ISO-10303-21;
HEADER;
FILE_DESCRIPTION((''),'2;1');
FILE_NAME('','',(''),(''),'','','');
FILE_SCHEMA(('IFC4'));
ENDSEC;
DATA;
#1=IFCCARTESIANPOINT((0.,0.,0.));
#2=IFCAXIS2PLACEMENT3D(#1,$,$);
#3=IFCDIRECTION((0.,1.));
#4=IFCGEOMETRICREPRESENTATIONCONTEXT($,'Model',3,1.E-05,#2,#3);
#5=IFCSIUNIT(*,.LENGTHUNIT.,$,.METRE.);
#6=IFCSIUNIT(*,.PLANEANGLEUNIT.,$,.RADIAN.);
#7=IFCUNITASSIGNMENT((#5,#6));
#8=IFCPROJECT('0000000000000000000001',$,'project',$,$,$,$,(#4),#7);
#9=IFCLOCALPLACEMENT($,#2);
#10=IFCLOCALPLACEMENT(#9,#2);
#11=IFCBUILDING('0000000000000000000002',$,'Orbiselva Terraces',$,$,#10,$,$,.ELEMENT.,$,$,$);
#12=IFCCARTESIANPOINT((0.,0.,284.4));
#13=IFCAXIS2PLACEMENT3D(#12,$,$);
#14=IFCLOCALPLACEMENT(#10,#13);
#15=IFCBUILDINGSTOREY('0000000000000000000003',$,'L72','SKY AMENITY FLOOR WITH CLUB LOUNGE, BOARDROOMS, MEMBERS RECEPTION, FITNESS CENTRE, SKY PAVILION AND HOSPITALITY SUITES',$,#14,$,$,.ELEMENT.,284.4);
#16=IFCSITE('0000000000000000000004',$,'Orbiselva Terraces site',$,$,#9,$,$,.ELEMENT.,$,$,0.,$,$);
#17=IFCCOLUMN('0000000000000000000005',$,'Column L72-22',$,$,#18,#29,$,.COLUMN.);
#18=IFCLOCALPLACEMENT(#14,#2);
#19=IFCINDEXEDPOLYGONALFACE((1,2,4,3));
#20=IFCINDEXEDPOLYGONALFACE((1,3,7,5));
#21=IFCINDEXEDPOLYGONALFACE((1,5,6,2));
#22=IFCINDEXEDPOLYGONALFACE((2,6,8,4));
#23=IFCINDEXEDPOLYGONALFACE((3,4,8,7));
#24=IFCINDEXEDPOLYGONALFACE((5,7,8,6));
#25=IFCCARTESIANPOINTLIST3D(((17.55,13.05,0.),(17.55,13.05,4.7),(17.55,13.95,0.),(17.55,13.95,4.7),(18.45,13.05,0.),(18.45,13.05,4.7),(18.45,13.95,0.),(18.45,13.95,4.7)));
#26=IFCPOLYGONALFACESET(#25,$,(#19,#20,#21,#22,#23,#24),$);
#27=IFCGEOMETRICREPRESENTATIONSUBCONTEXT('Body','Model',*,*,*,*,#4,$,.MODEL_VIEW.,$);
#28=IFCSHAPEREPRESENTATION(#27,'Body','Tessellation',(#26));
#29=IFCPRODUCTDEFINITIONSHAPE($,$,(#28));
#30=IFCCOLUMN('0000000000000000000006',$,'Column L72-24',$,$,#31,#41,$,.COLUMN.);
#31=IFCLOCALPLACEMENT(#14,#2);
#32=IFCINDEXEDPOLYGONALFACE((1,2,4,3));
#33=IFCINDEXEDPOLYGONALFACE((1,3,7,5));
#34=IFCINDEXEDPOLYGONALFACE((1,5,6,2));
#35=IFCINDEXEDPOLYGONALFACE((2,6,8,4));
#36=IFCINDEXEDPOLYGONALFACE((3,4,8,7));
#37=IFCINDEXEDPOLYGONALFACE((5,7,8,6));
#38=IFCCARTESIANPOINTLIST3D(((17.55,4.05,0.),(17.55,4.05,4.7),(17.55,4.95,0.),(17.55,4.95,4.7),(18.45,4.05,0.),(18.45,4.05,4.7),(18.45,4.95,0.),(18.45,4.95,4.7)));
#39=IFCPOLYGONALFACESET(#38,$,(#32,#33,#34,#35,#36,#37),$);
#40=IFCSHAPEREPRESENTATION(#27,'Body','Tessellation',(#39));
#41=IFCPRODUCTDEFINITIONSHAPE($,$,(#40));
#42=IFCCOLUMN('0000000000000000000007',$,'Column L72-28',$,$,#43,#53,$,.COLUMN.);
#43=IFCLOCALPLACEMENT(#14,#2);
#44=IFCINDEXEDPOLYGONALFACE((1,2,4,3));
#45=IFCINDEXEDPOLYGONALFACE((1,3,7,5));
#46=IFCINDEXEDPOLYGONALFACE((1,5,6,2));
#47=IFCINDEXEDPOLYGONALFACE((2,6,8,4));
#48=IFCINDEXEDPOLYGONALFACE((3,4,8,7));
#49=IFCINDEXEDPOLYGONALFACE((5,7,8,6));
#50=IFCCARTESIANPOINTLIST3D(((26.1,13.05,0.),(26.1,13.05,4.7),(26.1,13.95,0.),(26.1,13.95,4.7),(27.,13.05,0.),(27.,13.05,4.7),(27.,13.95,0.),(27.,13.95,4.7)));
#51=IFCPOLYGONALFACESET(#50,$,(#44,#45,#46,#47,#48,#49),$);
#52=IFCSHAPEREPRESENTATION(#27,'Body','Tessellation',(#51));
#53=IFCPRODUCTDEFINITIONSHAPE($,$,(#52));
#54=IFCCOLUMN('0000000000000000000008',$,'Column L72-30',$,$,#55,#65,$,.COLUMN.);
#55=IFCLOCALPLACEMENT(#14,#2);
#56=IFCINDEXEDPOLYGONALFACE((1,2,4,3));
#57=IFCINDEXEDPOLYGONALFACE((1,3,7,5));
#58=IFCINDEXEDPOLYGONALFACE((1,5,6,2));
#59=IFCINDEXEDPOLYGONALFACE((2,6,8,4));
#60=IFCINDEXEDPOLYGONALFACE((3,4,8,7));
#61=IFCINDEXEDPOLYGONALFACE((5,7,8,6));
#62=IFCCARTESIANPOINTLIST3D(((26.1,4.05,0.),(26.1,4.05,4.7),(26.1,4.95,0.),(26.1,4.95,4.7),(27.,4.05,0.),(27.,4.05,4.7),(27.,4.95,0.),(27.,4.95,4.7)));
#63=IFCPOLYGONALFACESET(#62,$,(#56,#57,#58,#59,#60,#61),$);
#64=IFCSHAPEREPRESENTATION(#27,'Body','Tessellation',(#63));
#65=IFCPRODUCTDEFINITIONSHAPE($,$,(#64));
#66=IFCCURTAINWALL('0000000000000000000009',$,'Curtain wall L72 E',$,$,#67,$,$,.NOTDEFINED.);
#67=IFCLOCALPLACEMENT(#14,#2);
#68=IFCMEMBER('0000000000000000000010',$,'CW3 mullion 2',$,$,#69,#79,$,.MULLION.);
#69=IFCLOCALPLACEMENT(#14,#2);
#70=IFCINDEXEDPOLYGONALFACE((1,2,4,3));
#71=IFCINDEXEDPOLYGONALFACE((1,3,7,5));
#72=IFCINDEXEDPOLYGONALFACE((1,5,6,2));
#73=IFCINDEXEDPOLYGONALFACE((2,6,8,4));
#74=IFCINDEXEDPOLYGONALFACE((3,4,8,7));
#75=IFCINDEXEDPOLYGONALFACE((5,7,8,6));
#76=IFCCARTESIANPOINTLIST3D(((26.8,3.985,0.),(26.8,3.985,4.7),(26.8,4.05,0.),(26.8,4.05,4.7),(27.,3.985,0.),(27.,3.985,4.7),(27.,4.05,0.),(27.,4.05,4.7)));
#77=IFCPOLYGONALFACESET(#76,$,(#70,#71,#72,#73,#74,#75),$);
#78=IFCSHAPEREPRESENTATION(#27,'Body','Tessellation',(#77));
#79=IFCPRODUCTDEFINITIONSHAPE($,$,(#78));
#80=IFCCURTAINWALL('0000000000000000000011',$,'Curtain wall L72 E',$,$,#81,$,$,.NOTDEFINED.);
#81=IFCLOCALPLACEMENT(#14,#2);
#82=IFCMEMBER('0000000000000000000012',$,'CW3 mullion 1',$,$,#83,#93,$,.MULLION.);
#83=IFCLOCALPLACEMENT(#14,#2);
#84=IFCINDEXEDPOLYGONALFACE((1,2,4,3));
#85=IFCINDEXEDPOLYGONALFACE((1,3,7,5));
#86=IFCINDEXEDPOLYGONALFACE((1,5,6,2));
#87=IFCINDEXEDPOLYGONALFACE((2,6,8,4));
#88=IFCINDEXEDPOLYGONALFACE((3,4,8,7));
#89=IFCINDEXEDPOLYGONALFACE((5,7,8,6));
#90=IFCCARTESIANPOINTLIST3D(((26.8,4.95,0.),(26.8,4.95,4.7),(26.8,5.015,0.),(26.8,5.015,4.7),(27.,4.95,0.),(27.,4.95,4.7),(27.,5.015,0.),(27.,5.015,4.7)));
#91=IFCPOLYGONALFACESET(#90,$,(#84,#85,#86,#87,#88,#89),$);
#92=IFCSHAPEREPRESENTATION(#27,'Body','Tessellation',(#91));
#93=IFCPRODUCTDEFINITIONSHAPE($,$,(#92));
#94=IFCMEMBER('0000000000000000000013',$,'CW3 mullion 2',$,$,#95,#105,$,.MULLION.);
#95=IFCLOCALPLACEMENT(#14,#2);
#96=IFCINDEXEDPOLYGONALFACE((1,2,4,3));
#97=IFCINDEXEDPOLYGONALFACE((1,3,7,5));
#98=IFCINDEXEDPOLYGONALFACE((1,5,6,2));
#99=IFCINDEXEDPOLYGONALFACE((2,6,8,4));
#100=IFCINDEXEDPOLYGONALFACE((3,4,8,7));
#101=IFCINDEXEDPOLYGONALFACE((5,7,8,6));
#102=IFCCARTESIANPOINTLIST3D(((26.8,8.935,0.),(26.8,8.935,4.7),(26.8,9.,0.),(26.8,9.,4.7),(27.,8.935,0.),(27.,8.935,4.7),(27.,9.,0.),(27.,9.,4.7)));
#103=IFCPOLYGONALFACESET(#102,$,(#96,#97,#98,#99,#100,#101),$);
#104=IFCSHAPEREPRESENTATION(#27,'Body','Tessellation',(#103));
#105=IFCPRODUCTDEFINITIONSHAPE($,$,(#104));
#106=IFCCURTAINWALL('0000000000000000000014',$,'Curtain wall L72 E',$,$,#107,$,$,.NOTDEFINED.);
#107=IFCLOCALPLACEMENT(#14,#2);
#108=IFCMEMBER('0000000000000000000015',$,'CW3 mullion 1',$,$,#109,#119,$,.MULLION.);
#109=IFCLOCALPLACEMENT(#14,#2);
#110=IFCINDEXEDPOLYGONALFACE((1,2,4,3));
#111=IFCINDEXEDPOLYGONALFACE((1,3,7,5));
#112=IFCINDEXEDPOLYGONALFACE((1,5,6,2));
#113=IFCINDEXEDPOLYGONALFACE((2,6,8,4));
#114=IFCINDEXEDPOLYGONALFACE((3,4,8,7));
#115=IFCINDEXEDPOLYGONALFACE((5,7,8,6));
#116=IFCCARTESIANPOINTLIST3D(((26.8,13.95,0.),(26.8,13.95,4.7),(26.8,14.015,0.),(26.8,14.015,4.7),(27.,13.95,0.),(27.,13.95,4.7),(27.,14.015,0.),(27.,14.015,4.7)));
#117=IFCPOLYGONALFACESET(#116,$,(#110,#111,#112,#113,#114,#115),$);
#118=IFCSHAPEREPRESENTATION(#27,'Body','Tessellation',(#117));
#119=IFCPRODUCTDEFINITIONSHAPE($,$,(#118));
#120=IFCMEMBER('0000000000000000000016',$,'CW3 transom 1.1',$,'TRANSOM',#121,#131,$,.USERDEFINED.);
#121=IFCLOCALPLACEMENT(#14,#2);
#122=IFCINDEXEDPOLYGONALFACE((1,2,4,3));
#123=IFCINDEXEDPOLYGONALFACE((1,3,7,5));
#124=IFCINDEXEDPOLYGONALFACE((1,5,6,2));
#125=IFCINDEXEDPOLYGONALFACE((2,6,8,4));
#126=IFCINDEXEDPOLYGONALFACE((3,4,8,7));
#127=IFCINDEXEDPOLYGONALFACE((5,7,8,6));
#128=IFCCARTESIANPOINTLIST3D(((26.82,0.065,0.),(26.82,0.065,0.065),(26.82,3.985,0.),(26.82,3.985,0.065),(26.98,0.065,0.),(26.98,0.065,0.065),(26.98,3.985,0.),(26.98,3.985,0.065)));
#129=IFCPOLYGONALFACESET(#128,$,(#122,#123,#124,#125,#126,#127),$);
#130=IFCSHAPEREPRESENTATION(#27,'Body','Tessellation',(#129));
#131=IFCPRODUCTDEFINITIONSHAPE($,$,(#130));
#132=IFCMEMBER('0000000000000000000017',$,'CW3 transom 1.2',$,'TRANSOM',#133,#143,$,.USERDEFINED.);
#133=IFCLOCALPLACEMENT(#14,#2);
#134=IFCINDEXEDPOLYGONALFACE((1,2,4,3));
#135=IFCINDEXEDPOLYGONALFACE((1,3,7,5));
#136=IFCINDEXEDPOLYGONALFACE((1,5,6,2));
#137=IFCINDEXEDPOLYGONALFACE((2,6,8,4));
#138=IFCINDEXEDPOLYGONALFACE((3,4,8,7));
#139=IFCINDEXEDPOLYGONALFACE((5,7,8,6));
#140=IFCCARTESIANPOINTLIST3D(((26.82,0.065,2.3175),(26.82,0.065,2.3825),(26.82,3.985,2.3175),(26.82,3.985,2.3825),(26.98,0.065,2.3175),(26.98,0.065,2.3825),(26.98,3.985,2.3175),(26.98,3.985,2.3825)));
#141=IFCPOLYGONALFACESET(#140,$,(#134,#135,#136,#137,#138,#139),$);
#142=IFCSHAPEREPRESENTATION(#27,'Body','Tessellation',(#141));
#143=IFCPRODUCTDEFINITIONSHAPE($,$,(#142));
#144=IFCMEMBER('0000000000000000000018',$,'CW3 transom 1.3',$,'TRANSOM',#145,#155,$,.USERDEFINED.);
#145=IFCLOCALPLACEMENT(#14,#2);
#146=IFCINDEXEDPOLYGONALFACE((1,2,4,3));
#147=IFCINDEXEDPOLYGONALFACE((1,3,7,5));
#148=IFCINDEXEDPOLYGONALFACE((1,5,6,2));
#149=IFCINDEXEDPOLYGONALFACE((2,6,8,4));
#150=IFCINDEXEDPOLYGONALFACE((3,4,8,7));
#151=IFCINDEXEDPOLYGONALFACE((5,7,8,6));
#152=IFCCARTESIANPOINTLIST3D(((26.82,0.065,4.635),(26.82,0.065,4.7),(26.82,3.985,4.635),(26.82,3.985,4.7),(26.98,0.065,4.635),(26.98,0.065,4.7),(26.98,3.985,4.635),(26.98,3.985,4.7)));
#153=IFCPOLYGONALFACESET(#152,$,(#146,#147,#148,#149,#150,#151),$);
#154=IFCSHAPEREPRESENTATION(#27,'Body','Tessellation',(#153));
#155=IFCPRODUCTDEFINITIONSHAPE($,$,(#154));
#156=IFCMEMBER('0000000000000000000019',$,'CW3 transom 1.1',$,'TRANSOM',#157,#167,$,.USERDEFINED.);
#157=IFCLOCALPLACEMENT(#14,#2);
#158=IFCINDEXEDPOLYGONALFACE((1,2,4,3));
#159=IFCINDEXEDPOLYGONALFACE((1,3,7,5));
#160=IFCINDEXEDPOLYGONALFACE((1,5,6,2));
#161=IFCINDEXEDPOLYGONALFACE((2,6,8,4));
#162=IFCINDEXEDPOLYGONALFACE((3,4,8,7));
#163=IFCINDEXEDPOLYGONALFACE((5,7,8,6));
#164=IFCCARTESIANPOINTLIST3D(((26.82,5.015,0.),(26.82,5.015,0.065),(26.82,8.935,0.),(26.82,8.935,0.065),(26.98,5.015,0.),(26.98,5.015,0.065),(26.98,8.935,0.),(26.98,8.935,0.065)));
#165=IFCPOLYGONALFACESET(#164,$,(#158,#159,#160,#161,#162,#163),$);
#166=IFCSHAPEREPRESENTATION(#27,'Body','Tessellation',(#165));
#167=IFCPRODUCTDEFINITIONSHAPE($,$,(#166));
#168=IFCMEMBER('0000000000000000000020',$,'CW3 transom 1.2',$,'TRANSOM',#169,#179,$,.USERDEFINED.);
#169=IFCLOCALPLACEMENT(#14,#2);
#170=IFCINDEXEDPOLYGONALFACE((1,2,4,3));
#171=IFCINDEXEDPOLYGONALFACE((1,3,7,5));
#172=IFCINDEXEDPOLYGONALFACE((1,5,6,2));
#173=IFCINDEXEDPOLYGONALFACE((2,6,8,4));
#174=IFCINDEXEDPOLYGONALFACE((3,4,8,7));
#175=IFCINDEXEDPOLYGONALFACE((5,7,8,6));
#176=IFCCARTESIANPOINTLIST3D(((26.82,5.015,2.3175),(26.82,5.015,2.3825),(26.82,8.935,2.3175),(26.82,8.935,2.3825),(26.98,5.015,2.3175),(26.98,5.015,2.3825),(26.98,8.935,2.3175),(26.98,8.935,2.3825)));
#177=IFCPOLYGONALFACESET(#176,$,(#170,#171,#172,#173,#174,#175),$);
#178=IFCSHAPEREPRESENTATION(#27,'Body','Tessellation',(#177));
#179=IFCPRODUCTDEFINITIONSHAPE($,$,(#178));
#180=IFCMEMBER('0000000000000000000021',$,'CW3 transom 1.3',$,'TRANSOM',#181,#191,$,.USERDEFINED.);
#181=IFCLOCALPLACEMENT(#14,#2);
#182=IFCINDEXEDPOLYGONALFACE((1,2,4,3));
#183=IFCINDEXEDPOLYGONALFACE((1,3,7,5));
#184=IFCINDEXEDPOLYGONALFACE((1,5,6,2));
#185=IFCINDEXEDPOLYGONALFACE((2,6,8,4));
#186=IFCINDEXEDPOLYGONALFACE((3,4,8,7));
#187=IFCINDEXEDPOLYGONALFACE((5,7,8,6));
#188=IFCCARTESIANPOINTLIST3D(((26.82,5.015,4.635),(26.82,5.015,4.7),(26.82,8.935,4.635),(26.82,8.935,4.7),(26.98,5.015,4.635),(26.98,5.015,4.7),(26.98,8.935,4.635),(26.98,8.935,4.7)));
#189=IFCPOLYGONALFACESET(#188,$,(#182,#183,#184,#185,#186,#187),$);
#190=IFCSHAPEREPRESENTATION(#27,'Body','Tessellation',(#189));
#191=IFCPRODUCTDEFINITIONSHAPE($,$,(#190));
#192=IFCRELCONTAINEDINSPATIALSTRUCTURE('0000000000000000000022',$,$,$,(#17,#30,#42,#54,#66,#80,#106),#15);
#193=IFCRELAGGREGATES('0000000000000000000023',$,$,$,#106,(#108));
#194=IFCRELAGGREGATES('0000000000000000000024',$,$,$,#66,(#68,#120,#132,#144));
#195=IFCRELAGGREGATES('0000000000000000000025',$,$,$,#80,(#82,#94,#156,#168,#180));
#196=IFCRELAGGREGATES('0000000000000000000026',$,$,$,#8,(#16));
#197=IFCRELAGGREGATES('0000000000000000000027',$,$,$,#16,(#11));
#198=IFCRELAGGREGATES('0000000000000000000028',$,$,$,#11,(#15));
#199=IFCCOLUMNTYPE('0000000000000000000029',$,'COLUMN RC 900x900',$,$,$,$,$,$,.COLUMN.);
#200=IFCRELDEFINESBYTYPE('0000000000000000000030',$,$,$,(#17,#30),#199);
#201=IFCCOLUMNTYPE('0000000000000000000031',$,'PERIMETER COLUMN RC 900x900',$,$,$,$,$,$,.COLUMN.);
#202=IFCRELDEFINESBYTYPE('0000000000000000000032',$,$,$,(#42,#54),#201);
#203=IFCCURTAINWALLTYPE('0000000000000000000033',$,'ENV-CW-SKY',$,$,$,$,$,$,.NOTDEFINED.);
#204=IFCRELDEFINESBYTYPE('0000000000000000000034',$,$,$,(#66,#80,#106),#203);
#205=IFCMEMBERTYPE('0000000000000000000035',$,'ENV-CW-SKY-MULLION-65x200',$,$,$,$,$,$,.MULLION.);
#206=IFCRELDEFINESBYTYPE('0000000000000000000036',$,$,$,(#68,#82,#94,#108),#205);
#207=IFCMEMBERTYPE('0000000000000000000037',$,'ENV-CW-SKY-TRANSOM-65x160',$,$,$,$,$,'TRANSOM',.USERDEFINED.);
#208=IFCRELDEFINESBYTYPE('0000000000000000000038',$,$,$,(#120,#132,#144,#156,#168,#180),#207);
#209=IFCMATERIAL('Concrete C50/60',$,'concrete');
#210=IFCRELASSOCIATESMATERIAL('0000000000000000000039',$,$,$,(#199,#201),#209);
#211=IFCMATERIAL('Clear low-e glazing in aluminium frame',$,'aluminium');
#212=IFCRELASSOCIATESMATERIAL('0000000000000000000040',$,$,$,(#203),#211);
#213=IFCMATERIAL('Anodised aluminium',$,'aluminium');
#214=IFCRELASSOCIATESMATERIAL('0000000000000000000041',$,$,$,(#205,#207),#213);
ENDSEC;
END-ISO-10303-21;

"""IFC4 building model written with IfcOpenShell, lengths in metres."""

from ifc_helpers import new_model, si_unit, direction, frame, origin, origin_2d, place, context, subcontext, project, spatial, rectangle, extrude, material, material_profile, profile_set, type_object, element, aggregate, save


model = new_model("IFC4")

# Units and contexts
model_context = context("Model", 3, precision=1e-05, world=origin(), true_north=direction((0.0, 1.0)))
body_context = subcontext(model_context, "Body", "Model", "MODEL_VIEW")
ifc_project = project(units=[si_unit("LENGTHUNIT", "METRE"), si_unit("PLANEANGLEUNIT", "RADIAN")], contexts=[model_context])

# Site, building, storey
site_placement = place(None, origin())
site = spatial("IfcSite", under=ifc_project, at=site_placement, Name="Orbiselva Terraces site", CompositionType="ELEMENT", RefElevation=0.0)
building_placement = place(site_placement, origin())
building = spatial("IfcBuilding", under=site, at=building_placement, Name="Orbiselva Terraces", CompositionType="ELEMENT")
storey_placement = place(building_placement, frame((0.0, 0.0, 284.4)))
storey = spatial("IfcBuildingStorey", under=building, at=storey_placement, Name="L72", Description="SKY AMENITY FLOOR WITH CLUB LOUNGE, BOARDROOMS, MEMBERS RECEPTION, FITNESS CENTRE, SKY PAVILION AND HOSPITALITY SUITES", CompositionType="ELEMENT", Elevation=284.4)

# Columns
ifc_material_1 = material(Name="Concrete C50/60", Category="concrete")
ifc_material_profile_1 = material_profile(ifc_material_1, rectangle(XDim=0.9, YDim=0.9, at=origin_2d()), Name="RC 900x900")
ifc_profile_set_1 = profile_set([ifc_material_profile_1], Name="Concrete C50/60")
column_type_1 = type_object("IfcColumnType", Name="COLUMN RC 900x900", PredefinedType="COLUMN", material=ifc_profile_set_1)
for number, where, z_axis, x_axis, name in (
    (1, (18.0, 13.5, 0.0), (0.0, 0.0, 1.0), (1.0, 0.0, 0.0), "Column L72-22"),
    (2, (18.0, 4.5, 0.0), (0.0, 0.0, 1.0), (1.0, 0.0, 0.0), "Column L72-24"),
):
    element("IfcColumn", number, at=place(storey_placement, frame(where, z_axis=z_axis, x_axis=x_axis)), inside=storey, type_object=column_type_1, Name=name, PredefinedType="COLUMN", context=body_context, shape_type="SweptSolid", body=[
        extrude(rectangle(XDim=0.9, YDim=0.9, at=origin_2d()), origin(), (0.0, 0.0, 1.0), 4.7),
    ])
ifc_material_profile_2 = material_profile(ifc_material_1, rectangle(XDim=0.9, YDim=0.9, at=origin_2d()), Name="RC 900x900")
ifc_profile_set_2 = profile_set([ifc_material_profile_2], Name="Concrete C50/60")
column_type_2 = type_object("IfcColumnType", Name="PERIMETER COLUMN RC 900x900", PredefinedType="COLUMN", material=ifc_profile_set_2)
for number, where, z_axis, x_axis, name in (
    (3, (26.55, 13.5, 0.0), (0.0, 0.0, 1.0), (1.0, 0.0, 0.0), "Column L72-28"),
    (4, (26.55, 4.5, 0.0), (0.0, 0.0, 1.0), (1.0, 0.0, 0.0), "Column L72-30"),
):
    element("IfcColumn", number, at=place(storey_placement, frame(where, z_axis=z_axis, x_axis=x_axis)), inside=storey, type_object=column_type_2, Name=name, PredefinedType="COLUMN", context=body_context, shape_type="SweptSolid", body=[
        extrude(rectangle(XDim=0.9, YDim=0.9, at=origin_2d()), origin(), (0.0, 0.0, 1.0), 4.7),
    ])

# Curtain wall, member
ifc_material_2 = material(Name="Clear low-e glazing in aluminium frame", Category="aluminium")
curtain_wall_type = type_object("IfcCurtainWallType", Name="ENV-CW-SKY", PredefinedType="NOTDEFINED", material=ifc_material_2)
curtain_wall_1_placement = place(storey_placement, origin())
curtain_wall_1 = element("IfcCurtainWall", 5, at=curtain_wall_1_placement, inside=storey, type_object=curtain_wall_type, Name="Curtain wall L72 E", PredefinedType="NOTDEFINED")
ifc_material_3 = material(Name="Anodised aluminium", Category="aluminium")
ifc_material_profile_3 = material_profile(ifc_material_3, rectangle(XDim=0.2, YDim=0.065, at=origin_2d()), Name="AL 65x200")
ifc_profile_set_3 = profile_set([ifc_material_profile_3], Name="Anodised aluminium")
member_type_1 = type_object("IfcMemberType", Name="ENV-CW-SKY-MULLION-65x200", PredefinedType="MULLION", material=ifc_profile_set_3)
member_1_placement = place(storey_placement, frame((26.9, 4.0175, 0.0), z_axis=(0.0, 0.0, 1.0), x_axis=(-1.0, 0.0, 0.0)))
member_1 = element("IfcMember", 6, at=member_1_placement, type_object=member_type_1, Name="CW3 mullion 2", PredefinedType="MULLION", context=body_context, shape_type="SweptSolid", body=[
    extrude(rectangle(XDim=0.2, YDim=0.065, at=origin_2d()), origin(), (0.0, 0.0, 1.0), 4.7),
])

# Curtain wall, members
curtain_wall_2_placement = place(storey_placement, origin())
curtain_wall_2 = element("IfcCurtainWall", 7, at=curtain_wall_2_placement, inside=storey, type_object=curtain_wall_type, Name="Curtain wall L72 E", PredefinedType="NOTDEFINED")
member_2_placement = place(storey_placement, frame((26.9, 4.9825, 0.0), z_axis=(0.0, 0.0, 1.0), x_axis=(-1.0, 0.0, 0.0)))
member_2 = element("IfcMember", 8, at=member_2_placement, type_object=member_type_1, Name="CW3 mullion 1", PredefinedType="MULLION", context=body_context, shape_type="SweptSolid", body=[
    extrude(rectangle(XDim=0.2, YDim=0.065, at=origin_2d()), origin(), (0.0, 0.0, 1.0), 4.7),
])
member_3_placement = place(storey_placement, frame((26.9, 8.9675, 0.0), z_axis=(0.0, 0.0, 1.0), x_axis=(-1.0, 0.0, 0.0)))
member_3 = element("IfcMember", 9, at=member_3_placement, type_object=member_type_1, Name="CW3 mullion 2", PredefinedType="MULLION", context=body_context, shape_type="SweptSolid", body=[
    extrude(rectangle(XDim=0.2, YDim=0.065, at=origin_2d()), origin(), (0.0, 0.0, 1.0), 4.7),
])

# Curtain wall, member
curtain_wall_3_placement = place(storey_placement, origin())
curtain_wall_3 = element("IfcCurtainWall", 10, at=curtain_wall_3_placement, inside=storey, type_object=curtain_wall_type, Name="Curtain wall L72 E", PredefinedType="NOTDEFINED")
member_4_placement = place(storey_placement, frame((26.9, 13.9825, 0.0), z_axis=(0.0, 0.0, 1.0), x_axis=(-1.0, 0.0, 0.0)))
member_4 = element("IfcMember", 11, at=member_4_placement, type_object=member_type_1, Name="CW3 mullion 1", PredefinedType="MULLION", context=body_context, shape_type="SweptSolid", body=[
    extrude(rectangle(XDim=0.2, YDim=0.065, at=origin_2d()), origin(), (0.0, 0.0, 1.0), 4.7),
])
aggregate(curtain_wall_3, [member_4])

# Members
ifc_material_profile_4 = material_profile(ifc_material_3, rectangle(XDim=0.16, YDim=0.065, at=origin_2d()), Name="AL 65x160")
ifc_profile_set_4 = profile_set([ifc_material_profile_4], Name="Anodised aluminium")
member_type_2 = type_object("IfcMemberType", Name="ENV-CW-SKY-TRANSOM-65x160", ElementType="TRANSOM", PredefinedType="USERDEFINED", material=ifc_profile_set_4)
member_5_placement = place(storey_placement, frame((26.9, 0.065, 0.0325), z_axis=(0.0, 1.0, 0.0), x_axis=(-1.0, 0.0, 0.0)))
member_5 = element("IfcMember", 12, at=member_5_placement, type_object=member_type_2, Name="CW3 transom 1.1", ObjectType="TRANSOM", PredefinedType="USERDEFINED", context=body_context, shape_type="SweptSolid", body=[
    extrude(rectangle(XDim=0.16, YDim=0.065, at=origin_2d()), origin(), (0.0, 0.0, 1.0), 3.92),
])
member_6_placement = place(storey_placement, frame((26.9, 0.065, 2.35), z_axis=(0.0, 1.0, 0.0), x_axis=(-1.0, 0.0, 0.0)))
member_6 = element("IfcMember", 13, at=member_6_placement, type_object=member_type_2, Name="CW3 transom 1.2", ObjectType="TRANSOM", PredefinedType="USERDEFINED", context=body_context, shape_type="SweptSolid", body=[
    extrude(rectangle(XDim=0.16, YDim=0.065, at=origin_2d()), origin(), (0.0, 0.0, 1.0), 3.92),
])
member_7_placement = place(storey_placement, frame((26.9, 0.065, 4.6675), z_axis=(0.0, 1.0, 0.0), x_axis=(-1.0, 0.0, 0.0)))
member_7 = element("IfcMember", 14, at=member_7_placement, type_object=member_type_2, Name="CW3 transom 1.3", ObjectType="TRANSOM", PredefinedType="USERDEFINED", context=body_context, shape_type="SweptSolid", body=[
    extrude(rectangle(XDim=0.16, YDim=0.065, at=origin_2d()), origin(), (0.0, 0.0, 1.0), 3.92),
])
member_8_placement = place(storey_placement, frame((26.9, 5.015, 0.0325), z_axis=(0.0, 1.0, 0.0), x_axis=(-1.0, 0.0, 0.0)))
member_8 = element("IfcMember", 15, at=member_8_placement, type_object=member_type_2, Name="CW3 transom 1.1", ObjectType="TRANSOM", PredefinedType="USERDEFINED", context=body_context, shape_type="SweptSolid", body=[
    extrude(rectangle(XDim=0.16, YDim=0.065, at=origin_2d()), origin(), (0.0, 0.0, 1.0), 3.92),
])
member_9_placement = place(storey_placement, frame((26.9, 5.015, 2.35), z_axis=(0.0, 1.0, 0.0), x_axis=(-1.0, 0.0, 0.0)))
member_9 = element("IfcMember", 16, at=member_9_placement, type_object=member_type_2, Name="CW3 transom 1.2", ObjectType="TRANSOM", PredefinedType="USERDEFINED", context=body_context, shape_type="SweptSolid", body=[
    extrude(rectangle(XDim=0.16, YDim=0.065, at=origin_2d()), origin(), (0.0, 0.0, 1.0), 3.92),
])
member_10_placement = place(storey_placement, frame((26.9, 5.015, 4.6675), z_axis=(0.0, 1.0, 0.0), x_axis=(-1.0, 0.0, 0.0)))
member_10 = element("IfcMember", 17, at=member_10_placement, type_object=member_type_2, Name="CW3 transom 1.3", ObjectType="TRANSOM", PredefinedType="USERDEFINED", context=body_context, shape_type="SweptSolid", body=[
    extrude(rectangle(XDim=0.16, YDim=0.065, at=origin_2d()), origin(), (0.0, 0.0, 1.0), 3.92),
])

aggregate(curtain_wall_1, [member_1, member_5, member_6, member_7])
aggregate(curtain_wall_2, [member_2, member_3, member_8, member_9, member_10])

save(model, "model.ifc")
